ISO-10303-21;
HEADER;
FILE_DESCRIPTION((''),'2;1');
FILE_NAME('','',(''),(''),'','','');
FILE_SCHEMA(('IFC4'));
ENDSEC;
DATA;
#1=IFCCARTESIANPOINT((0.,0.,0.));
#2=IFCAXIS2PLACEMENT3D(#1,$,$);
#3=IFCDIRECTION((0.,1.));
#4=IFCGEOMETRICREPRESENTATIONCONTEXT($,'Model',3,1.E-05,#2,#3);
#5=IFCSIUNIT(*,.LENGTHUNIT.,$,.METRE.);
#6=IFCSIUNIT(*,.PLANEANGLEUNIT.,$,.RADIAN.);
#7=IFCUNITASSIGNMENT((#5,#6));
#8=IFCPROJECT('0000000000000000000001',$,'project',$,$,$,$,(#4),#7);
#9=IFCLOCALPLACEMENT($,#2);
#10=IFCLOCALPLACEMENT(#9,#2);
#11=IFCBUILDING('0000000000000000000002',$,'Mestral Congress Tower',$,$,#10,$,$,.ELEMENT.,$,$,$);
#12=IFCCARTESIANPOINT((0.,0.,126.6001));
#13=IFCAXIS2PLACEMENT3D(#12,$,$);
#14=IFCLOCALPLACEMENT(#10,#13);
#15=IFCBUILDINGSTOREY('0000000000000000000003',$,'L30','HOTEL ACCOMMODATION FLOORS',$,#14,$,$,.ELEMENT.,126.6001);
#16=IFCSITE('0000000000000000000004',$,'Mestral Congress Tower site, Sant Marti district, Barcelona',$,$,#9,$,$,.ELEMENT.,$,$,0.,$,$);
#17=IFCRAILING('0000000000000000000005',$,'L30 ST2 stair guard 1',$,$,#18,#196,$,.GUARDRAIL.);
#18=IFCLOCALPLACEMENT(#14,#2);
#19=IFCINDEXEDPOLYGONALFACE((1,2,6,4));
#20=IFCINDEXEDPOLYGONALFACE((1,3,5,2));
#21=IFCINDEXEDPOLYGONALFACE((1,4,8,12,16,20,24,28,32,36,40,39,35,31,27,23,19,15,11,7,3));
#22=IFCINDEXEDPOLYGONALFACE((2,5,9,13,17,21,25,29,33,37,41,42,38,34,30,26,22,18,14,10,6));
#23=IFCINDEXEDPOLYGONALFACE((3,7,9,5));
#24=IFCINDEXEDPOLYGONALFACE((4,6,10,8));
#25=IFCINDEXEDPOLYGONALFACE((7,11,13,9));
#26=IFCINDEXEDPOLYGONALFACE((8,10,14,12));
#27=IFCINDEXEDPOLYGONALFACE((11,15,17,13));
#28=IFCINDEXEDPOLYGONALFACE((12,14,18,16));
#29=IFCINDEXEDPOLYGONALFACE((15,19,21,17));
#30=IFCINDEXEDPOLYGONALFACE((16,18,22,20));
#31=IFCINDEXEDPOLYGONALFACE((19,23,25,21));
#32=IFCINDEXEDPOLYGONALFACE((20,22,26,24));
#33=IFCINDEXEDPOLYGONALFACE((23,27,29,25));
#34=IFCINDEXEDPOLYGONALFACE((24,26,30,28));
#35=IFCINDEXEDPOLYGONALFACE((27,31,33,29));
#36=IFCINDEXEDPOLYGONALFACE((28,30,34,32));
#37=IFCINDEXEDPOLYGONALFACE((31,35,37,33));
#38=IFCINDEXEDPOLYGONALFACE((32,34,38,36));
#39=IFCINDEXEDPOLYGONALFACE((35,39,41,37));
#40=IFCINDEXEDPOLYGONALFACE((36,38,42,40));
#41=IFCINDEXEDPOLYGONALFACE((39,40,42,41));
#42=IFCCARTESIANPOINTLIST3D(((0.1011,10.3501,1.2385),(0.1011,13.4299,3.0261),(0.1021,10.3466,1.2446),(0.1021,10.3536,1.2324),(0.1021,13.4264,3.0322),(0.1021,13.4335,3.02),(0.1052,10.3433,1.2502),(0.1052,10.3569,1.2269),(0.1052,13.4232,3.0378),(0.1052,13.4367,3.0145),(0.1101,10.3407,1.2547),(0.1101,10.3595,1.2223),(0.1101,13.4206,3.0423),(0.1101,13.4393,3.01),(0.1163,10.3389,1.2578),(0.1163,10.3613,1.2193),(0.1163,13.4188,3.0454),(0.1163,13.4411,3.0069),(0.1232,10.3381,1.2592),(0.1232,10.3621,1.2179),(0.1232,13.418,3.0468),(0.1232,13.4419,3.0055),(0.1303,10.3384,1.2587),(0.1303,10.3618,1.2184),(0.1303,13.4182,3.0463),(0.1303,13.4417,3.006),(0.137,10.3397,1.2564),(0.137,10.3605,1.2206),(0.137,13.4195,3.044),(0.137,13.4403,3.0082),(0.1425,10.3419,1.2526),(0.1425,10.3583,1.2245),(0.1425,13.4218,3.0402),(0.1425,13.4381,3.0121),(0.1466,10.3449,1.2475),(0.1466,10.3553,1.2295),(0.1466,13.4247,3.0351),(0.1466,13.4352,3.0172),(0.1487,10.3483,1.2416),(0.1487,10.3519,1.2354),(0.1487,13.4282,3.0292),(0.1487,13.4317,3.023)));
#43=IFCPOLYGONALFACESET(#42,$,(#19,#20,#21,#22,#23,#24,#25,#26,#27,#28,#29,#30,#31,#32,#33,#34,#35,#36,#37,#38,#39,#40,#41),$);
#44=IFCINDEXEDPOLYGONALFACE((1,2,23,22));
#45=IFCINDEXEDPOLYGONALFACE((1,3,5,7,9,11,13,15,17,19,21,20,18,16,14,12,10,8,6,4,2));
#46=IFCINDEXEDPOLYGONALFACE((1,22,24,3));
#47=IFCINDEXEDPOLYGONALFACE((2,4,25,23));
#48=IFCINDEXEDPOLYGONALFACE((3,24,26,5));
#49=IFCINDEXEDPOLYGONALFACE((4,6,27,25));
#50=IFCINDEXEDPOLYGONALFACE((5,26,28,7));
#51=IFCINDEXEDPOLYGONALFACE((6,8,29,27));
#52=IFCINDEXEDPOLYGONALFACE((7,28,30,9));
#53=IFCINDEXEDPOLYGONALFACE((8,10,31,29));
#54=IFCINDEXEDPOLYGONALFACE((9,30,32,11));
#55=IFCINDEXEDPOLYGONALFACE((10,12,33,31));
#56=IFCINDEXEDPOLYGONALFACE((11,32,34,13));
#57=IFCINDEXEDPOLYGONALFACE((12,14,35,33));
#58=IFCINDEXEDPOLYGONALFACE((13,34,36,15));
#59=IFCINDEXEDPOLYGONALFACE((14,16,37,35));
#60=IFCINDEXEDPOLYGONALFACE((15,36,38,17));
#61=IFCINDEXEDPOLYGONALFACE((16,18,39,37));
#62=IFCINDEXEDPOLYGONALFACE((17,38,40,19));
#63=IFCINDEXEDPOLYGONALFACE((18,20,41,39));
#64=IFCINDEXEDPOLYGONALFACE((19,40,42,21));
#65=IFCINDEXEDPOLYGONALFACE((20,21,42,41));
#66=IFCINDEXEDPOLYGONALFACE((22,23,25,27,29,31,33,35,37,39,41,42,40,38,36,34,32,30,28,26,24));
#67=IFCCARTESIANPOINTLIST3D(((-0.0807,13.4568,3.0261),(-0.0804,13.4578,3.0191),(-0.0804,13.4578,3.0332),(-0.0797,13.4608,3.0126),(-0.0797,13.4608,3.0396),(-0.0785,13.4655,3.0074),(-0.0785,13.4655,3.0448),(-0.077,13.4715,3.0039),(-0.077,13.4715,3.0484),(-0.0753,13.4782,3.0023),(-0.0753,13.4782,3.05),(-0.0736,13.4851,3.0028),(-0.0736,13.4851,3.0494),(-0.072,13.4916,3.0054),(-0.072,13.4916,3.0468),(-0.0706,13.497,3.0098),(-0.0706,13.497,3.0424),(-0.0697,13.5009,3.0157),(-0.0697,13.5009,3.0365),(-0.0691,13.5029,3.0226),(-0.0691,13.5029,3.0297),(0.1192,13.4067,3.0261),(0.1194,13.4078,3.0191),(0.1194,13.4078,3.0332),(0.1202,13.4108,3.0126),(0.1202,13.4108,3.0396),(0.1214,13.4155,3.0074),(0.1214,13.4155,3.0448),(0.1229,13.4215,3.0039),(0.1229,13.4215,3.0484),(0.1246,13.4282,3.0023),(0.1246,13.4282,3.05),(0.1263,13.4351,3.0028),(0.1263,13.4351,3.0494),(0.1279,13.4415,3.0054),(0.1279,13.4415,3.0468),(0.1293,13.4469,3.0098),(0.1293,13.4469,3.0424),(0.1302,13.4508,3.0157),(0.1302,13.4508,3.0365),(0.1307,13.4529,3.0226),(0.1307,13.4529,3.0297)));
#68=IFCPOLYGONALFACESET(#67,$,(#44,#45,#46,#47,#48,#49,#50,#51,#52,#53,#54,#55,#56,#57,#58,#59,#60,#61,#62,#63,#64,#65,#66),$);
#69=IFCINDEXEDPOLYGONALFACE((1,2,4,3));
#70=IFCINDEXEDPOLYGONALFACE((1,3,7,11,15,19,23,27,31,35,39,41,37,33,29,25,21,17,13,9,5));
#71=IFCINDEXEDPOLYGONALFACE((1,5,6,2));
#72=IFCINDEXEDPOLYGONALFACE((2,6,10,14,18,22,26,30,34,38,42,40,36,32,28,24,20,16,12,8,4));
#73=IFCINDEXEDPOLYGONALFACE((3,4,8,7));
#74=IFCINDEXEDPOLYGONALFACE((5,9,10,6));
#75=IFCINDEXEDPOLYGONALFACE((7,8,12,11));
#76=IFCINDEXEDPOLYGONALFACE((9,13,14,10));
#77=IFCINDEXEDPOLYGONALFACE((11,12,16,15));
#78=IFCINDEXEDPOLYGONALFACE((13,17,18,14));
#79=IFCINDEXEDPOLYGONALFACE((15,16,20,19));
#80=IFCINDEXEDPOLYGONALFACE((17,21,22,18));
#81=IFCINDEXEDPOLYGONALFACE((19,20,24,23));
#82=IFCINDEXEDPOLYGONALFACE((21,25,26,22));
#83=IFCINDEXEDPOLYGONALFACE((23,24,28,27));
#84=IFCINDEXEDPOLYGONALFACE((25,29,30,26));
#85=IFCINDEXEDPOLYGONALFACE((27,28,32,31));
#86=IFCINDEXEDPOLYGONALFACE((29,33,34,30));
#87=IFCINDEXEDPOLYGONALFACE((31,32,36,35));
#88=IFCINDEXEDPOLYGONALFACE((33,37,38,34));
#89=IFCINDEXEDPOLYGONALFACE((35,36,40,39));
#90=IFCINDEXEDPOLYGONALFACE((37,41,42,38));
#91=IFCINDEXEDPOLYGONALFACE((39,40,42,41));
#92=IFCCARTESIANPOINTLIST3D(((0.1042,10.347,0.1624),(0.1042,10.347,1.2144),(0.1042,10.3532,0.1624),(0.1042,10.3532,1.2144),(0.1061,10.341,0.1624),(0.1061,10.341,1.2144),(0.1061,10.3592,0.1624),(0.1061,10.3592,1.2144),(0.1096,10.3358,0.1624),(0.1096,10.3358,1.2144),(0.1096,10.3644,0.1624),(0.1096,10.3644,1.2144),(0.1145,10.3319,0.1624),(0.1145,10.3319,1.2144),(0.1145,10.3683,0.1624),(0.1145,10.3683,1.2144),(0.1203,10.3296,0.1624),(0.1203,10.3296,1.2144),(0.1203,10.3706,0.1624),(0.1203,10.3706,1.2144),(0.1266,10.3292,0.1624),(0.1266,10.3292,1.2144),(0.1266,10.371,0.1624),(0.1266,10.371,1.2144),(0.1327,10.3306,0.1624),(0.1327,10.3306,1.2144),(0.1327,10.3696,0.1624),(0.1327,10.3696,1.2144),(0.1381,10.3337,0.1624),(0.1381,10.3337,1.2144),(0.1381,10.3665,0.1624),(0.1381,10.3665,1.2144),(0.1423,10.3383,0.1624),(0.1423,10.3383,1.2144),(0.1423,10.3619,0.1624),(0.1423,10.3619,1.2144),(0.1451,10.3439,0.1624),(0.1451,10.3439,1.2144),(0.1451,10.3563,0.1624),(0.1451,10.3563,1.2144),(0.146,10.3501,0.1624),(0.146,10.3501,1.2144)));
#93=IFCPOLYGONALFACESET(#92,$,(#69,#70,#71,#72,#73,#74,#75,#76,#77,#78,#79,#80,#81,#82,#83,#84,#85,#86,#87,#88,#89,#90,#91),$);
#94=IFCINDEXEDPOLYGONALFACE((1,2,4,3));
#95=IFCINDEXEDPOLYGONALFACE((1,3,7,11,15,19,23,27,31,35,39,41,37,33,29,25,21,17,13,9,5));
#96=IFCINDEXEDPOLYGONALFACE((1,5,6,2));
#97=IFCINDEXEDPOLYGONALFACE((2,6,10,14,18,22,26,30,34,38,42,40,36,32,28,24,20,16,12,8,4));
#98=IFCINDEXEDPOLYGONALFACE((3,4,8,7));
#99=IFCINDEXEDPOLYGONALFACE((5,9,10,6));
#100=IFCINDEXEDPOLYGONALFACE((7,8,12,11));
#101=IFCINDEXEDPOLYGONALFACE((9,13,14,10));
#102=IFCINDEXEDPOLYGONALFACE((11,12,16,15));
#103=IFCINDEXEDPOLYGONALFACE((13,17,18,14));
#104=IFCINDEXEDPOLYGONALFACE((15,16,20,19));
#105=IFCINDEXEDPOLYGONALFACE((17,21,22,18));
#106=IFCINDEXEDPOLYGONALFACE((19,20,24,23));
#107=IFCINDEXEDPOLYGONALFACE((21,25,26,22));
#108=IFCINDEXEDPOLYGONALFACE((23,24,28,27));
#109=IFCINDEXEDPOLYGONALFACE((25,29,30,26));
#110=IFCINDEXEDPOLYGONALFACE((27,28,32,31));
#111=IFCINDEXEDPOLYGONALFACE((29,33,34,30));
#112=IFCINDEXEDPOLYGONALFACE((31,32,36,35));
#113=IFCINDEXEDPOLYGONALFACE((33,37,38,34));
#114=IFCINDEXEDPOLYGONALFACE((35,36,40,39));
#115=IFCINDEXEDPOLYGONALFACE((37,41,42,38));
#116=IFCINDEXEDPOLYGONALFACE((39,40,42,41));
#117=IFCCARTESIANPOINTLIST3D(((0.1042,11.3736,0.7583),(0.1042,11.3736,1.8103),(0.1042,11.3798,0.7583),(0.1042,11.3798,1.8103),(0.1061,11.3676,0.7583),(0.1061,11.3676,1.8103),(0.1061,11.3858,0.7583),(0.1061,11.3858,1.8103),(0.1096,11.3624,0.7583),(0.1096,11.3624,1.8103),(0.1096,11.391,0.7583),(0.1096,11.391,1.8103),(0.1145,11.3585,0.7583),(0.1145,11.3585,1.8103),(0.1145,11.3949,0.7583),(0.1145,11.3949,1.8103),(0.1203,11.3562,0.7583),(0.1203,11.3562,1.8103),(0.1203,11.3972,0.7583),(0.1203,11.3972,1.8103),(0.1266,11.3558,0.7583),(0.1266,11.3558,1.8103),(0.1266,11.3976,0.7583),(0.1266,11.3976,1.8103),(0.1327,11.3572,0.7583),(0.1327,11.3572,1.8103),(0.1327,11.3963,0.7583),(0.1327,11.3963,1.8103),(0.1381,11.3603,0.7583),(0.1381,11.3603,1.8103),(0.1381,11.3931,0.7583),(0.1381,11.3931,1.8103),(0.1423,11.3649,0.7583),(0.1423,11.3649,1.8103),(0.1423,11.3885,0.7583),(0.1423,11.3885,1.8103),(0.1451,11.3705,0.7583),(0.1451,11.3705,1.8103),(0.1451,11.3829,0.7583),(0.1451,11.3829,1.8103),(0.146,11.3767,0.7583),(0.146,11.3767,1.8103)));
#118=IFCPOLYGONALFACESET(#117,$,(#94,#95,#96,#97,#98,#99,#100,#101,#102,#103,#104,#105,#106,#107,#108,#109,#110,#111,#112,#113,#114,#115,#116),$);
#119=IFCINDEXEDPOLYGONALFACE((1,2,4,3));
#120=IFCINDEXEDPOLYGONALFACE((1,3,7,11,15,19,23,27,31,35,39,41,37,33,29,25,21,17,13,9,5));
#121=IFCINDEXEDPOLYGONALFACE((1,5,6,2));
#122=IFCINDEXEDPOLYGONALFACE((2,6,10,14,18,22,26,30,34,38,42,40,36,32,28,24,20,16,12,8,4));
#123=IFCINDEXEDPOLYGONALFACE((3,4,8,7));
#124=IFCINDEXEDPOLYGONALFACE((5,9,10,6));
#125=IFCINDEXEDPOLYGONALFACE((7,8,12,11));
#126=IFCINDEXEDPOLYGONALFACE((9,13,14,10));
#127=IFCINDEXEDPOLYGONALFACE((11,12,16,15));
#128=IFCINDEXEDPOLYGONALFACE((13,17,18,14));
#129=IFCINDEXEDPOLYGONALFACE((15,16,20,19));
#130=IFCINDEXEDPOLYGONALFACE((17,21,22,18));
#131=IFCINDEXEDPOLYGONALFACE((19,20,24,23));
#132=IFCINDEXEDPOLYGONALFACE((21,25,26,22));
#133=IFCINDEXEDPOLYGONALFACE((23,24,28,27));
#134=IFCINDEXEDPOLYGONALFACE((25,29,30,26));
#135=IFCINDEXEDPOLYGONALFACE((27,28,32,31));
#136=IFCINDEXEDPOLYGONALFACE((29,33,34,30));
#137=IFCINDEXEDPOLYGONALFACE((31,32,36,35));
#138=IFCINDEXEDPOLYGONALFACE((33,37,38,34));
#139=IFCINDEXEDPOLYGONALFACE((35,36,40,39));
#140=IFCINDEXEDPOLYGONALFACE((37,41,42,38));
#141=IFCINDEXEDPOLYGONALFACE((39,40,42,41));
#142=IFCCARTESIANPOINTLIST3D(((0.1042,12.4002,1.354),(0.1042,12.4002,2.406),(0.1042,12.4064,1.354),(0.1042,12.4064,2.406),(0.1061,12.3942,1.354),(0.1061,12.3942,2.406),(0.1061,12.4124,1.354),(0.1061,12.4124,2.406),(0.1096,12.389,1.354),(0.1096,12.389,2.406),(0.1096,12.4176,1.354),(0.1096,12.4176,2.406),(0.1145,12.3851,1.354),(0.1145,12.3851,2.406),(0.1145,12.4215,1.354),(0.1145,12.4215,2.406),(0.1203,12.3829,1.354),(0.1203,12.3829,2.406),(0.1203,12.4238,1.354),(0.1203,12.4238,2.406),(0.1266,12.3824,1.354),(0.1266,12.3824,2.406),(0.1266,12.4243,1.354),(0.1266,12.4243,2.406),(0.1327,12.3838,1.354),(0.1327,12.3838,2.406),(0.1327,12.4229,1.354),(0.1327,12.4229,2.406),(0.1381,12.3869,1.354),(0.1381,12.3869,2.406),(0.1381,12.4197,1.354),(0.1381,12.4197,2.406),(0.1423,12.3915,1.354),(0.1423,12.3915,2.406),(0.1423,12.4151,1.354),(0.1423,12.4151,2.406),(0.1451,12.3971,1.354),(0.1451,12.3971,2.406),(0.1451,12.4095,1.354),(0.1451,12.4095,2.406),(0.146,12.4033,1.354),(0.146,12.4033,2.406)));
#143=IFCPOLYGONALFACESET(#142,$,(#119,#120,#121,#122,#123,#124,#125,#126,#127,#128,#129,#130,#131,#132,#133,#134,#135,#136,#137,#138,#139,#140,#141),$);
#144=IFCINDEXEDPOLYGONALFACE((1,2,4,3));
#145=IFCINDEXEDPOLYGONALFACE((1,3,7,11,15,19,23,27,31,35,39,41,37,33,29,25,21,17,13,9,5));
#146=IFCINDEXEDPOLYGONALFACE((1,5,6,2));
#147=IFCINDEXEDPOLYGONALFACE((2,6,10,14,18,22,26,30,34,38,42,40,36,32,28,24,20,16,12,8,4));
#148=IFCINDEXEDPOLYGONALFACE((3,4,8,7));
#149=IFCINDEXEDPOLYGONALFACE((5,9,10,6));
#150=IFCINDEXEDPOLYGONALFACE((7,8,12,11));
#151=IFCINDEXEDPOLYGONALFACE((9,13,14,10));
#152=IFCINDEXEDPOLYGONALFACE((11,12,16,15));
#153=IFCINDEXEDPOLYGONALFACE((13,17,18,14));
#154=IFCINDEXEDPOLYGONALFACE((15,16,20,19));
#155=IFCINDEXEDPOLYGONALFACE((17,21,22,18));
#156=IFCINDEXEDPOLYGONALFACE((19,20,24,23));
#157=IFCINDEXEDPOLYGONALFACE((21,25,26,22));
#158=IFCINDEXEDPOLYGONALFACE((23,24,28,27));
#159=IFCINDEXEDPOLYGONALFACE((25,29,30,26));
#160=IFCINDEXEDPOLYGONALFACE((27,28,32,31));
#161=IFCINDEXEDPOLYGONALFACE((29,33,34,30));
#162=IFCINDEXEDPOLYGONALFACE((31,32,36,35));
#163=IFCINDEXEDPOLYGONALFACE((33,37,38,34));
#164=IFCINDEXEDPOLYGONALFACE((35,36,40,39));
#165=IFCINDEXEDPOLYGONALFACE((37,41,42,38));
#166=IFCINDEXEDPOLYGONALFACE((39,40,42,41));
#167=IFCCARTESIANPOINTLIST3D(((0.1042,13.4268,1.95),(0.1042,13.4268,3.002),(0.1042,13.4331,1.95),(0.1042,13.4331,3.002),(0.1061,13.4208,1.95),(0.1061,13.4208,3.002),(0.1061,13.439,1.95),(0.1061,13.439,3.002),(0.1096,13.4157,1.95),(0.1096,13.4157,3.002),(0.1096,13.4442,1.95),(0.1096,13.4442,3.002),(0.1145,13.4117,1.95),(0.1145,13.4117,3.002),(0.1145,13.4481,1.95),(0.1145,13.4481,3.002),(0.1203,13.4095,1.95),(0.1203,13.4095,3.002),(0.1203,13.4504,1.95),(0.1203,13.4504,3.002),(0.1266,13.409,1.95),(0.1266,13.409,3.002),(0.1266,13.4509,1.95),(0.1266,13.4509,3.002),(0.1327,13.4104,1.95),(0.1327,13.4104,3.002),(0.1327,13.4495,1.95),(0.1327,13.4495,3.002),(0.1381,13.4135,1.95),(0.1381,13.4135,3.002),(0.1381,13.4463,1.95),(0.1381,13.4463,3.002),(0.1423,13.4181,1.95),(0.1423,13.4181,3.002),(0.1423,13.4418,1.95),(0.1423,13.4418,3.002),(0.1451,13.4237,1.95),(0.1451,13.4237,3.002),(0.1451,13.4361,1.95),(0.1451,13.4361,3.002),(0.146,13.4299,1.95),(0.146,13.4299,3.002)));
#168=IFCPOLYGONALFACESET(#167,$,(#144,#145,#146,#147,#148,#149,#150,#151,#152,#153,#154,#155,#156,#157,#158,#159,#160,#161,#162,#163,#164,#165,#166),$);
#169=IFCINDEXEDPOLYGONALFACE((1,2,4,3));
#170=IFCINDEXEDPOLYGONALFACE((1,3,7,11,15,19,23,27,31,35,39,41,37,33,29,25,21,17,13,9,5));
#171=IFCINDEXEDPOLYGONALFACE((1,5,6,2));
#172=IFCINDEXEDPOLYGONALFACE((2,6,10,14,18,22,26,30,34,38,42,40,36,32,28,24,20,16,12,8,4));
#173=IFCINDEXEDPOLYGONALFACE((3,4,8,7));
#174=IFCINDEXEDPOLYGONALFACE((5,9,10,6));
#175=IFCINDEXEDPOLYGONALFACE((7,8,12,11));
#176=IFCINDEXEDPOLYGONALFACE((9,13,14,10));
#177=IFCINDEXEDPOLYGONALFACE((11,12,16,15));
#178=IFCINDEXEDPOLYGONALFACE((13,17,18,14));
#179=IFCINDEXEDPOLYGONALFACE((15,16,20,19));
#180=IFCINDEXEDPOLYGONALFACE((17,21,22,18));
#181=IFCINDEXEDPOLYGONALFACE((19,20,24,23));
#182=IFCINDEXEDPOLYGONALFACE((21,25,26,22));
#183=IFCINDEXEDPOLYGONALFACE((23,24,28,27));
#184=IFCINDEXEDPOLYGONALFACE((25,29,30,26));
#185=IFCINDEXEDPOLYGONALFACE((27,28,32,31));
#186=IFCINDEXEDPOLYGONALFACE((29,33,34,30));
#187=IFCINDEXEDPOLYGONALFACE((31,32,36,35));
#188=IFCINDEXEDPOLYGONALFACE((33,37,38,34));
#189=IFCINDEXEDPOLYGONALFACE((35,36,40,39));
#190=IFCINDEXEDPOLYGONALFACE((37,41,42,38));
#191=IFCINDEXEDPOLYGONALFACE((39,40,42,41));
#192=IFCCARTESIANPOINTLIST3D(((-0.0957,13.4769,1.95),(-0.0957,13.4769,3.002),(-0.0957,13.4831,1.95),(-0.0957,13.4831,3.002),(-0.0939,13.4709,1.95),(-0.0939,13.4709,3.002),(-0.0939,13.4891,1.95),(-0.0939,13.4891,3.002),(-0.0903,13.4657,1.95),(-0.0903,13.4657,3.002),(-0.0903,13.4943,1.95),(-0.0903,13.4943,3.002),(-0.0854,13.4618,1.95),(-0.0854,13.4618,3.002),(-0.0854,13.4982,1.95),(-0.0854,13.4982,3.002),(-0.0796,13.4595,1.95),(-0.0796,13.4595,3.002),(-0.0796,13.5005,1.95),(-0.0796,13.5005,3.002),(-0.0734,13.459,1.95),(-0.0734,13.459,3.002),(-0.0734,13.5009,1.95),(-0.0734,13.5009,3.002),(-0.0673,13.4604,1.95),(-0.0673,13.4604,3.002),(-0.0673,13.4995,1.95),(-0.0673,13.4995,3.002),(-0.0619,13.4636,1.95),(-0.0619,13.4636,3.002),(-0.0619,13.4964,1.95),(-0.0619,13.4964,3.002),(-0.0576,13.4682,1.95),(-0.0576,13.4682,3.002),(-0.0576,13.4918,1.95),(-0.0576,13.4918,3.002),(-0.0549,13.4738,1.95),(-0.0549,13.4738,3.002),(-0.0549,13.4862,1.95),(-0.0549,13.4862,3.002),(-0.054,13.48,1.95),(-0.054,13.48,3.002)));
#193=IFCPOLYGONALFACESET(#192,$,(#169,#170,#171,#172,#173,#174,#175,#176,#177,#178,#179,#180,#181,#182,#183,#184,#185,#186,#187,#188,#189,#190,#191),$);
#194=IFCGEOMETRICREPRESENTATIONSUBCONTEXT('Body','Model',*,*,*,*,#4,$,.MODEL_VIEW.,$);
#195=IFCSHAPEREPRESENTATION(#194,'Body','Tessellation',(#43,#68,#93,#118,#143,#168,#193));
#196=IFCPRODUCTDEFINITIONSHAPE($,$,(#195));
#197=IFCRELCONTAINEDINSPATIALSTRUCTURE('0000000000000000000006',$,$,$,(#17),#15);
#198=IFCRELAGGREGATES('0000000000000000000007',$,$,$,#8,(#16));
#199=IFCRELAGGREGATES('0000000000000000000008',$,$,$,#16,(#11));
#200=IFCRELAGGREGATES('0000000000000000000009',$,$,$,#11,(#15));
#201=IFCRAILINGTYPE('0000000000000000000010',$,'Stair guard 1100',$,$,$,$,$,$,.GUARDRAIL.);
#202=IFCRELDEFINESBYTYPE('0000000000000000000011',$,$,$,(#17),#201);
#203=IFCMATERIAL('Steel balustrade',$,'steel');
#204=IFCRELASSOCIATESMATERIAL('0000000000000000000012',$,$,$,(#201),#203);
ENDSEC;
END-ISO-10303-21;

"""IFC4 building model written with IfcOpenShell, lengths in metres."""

from ifc_helpers import new_model, si_unit, direction, frame, origin, origin_2d, place, context, subcontext, project, spatial, circle, extrude, material, type_object, element, save


model = new_model("IFC4")

# Units and contexts
model_context = context("Model", 3, precision=1e-05, world=origin(), true_north=direction((0.0, 1.0)))
body_context = subcontext(model_context, "Body", "Model", "MODEL_VIEW")
ifc_project = project(units=[si_unit("LENGTHUNIT", "METRE"), si_unit("PLANEANGLEUNIT", "RADIAN")], contexts=[model_context])

# Site, building, storey
site_placement = place(None, origin())
site = spatial("IfcSite", under=ifc_project, at=site_placement, Name="Mestral Congress Tower site, Sant Marti district, Barcelona", CompositionType="ELEMENT", RefElevation=0.0)
building_placement = place(site_placement, origin())
building = spatial("IfcBuilding", under=site, at=building_placement, Name="Mestral Congress Tower", CompositionType="ELEMENT")
storey_placement = place(building_placement, frame((0.0, 0.0, 126.6001)))
storey = spatial("IfcBuildingStorey", under=building, at=storey_placement, Name="L30", Description="HOTEL ACCOMMODATION FLOORS", CompositionType="ELEMENT", Elevation=126.6001)

# Railing
ifc_material_1 = material(Name="Steel balustrade", Category="steel")
railing_type_1 = type_object("IfcRailingType", Name="Stair guard 1100", PredefinedType="GUARDRAIL", material=ifc_material_1)
railing_1_placement = place(storey_placement, frame((0.125, 10.3501, 0.1624)))
element("IfcRailing", 1, at=railing_1_placement, inside=storey, type_object=railing_type_1, Name="L30 ST2 stair guard 1", PredefinedType="GUARDRAIL", context=body_context, shape_type="SweptSolid", body=[
    extrude(circle(Radius=0.0239, at=origin_2d()), frame((0.0, 0.0, 1.0762), z_axis=(0.0, 0.864873, 0.50199), x_axis=(-1.0, 0.0, 0.0)), (0.0, 0.0, 1.0), 3.561),
    extrude(circle(Radius=0.0239, at=origin_2d()), frame((0.0, 3.0798, 2.8638), z_axis=(-0.970073, 0.242814, 0.0), x_axis=(-0.242814, -0.970073, 0.0)), (0.0, 0.0, 1.0), 0.2061),
    extrude(circle(Radius=0.021, at=origin_2d()), origin(), (0.0, 0.0, 1.0), 1.052),
    extrude(circle(Radius=0.021, at=origin_2d()), frame((0.0, 1.0266, 0.5959)), (0.0, 0.0, 1.0), 1.052),
    extrude(circle(Radius=0.021, at=origin_2d()), frame((0.0, 2.0532, 1.1917)), (0.0, 0.0, 1.0), 1.052),
    extrude(circle(Radius=0.021, at=origin_2d()), frame((0.0, 3.0798, 1.7876)), (0.0, 0.0, 1.0), 1.052),
    extrude(circle(Radius=0.021, at=origin_2d()), frame((-0.2, 3.1299, 1.7876)), (0.0, 0.0, 1.0), 1.052),
])

save(model, "model.ifc")
